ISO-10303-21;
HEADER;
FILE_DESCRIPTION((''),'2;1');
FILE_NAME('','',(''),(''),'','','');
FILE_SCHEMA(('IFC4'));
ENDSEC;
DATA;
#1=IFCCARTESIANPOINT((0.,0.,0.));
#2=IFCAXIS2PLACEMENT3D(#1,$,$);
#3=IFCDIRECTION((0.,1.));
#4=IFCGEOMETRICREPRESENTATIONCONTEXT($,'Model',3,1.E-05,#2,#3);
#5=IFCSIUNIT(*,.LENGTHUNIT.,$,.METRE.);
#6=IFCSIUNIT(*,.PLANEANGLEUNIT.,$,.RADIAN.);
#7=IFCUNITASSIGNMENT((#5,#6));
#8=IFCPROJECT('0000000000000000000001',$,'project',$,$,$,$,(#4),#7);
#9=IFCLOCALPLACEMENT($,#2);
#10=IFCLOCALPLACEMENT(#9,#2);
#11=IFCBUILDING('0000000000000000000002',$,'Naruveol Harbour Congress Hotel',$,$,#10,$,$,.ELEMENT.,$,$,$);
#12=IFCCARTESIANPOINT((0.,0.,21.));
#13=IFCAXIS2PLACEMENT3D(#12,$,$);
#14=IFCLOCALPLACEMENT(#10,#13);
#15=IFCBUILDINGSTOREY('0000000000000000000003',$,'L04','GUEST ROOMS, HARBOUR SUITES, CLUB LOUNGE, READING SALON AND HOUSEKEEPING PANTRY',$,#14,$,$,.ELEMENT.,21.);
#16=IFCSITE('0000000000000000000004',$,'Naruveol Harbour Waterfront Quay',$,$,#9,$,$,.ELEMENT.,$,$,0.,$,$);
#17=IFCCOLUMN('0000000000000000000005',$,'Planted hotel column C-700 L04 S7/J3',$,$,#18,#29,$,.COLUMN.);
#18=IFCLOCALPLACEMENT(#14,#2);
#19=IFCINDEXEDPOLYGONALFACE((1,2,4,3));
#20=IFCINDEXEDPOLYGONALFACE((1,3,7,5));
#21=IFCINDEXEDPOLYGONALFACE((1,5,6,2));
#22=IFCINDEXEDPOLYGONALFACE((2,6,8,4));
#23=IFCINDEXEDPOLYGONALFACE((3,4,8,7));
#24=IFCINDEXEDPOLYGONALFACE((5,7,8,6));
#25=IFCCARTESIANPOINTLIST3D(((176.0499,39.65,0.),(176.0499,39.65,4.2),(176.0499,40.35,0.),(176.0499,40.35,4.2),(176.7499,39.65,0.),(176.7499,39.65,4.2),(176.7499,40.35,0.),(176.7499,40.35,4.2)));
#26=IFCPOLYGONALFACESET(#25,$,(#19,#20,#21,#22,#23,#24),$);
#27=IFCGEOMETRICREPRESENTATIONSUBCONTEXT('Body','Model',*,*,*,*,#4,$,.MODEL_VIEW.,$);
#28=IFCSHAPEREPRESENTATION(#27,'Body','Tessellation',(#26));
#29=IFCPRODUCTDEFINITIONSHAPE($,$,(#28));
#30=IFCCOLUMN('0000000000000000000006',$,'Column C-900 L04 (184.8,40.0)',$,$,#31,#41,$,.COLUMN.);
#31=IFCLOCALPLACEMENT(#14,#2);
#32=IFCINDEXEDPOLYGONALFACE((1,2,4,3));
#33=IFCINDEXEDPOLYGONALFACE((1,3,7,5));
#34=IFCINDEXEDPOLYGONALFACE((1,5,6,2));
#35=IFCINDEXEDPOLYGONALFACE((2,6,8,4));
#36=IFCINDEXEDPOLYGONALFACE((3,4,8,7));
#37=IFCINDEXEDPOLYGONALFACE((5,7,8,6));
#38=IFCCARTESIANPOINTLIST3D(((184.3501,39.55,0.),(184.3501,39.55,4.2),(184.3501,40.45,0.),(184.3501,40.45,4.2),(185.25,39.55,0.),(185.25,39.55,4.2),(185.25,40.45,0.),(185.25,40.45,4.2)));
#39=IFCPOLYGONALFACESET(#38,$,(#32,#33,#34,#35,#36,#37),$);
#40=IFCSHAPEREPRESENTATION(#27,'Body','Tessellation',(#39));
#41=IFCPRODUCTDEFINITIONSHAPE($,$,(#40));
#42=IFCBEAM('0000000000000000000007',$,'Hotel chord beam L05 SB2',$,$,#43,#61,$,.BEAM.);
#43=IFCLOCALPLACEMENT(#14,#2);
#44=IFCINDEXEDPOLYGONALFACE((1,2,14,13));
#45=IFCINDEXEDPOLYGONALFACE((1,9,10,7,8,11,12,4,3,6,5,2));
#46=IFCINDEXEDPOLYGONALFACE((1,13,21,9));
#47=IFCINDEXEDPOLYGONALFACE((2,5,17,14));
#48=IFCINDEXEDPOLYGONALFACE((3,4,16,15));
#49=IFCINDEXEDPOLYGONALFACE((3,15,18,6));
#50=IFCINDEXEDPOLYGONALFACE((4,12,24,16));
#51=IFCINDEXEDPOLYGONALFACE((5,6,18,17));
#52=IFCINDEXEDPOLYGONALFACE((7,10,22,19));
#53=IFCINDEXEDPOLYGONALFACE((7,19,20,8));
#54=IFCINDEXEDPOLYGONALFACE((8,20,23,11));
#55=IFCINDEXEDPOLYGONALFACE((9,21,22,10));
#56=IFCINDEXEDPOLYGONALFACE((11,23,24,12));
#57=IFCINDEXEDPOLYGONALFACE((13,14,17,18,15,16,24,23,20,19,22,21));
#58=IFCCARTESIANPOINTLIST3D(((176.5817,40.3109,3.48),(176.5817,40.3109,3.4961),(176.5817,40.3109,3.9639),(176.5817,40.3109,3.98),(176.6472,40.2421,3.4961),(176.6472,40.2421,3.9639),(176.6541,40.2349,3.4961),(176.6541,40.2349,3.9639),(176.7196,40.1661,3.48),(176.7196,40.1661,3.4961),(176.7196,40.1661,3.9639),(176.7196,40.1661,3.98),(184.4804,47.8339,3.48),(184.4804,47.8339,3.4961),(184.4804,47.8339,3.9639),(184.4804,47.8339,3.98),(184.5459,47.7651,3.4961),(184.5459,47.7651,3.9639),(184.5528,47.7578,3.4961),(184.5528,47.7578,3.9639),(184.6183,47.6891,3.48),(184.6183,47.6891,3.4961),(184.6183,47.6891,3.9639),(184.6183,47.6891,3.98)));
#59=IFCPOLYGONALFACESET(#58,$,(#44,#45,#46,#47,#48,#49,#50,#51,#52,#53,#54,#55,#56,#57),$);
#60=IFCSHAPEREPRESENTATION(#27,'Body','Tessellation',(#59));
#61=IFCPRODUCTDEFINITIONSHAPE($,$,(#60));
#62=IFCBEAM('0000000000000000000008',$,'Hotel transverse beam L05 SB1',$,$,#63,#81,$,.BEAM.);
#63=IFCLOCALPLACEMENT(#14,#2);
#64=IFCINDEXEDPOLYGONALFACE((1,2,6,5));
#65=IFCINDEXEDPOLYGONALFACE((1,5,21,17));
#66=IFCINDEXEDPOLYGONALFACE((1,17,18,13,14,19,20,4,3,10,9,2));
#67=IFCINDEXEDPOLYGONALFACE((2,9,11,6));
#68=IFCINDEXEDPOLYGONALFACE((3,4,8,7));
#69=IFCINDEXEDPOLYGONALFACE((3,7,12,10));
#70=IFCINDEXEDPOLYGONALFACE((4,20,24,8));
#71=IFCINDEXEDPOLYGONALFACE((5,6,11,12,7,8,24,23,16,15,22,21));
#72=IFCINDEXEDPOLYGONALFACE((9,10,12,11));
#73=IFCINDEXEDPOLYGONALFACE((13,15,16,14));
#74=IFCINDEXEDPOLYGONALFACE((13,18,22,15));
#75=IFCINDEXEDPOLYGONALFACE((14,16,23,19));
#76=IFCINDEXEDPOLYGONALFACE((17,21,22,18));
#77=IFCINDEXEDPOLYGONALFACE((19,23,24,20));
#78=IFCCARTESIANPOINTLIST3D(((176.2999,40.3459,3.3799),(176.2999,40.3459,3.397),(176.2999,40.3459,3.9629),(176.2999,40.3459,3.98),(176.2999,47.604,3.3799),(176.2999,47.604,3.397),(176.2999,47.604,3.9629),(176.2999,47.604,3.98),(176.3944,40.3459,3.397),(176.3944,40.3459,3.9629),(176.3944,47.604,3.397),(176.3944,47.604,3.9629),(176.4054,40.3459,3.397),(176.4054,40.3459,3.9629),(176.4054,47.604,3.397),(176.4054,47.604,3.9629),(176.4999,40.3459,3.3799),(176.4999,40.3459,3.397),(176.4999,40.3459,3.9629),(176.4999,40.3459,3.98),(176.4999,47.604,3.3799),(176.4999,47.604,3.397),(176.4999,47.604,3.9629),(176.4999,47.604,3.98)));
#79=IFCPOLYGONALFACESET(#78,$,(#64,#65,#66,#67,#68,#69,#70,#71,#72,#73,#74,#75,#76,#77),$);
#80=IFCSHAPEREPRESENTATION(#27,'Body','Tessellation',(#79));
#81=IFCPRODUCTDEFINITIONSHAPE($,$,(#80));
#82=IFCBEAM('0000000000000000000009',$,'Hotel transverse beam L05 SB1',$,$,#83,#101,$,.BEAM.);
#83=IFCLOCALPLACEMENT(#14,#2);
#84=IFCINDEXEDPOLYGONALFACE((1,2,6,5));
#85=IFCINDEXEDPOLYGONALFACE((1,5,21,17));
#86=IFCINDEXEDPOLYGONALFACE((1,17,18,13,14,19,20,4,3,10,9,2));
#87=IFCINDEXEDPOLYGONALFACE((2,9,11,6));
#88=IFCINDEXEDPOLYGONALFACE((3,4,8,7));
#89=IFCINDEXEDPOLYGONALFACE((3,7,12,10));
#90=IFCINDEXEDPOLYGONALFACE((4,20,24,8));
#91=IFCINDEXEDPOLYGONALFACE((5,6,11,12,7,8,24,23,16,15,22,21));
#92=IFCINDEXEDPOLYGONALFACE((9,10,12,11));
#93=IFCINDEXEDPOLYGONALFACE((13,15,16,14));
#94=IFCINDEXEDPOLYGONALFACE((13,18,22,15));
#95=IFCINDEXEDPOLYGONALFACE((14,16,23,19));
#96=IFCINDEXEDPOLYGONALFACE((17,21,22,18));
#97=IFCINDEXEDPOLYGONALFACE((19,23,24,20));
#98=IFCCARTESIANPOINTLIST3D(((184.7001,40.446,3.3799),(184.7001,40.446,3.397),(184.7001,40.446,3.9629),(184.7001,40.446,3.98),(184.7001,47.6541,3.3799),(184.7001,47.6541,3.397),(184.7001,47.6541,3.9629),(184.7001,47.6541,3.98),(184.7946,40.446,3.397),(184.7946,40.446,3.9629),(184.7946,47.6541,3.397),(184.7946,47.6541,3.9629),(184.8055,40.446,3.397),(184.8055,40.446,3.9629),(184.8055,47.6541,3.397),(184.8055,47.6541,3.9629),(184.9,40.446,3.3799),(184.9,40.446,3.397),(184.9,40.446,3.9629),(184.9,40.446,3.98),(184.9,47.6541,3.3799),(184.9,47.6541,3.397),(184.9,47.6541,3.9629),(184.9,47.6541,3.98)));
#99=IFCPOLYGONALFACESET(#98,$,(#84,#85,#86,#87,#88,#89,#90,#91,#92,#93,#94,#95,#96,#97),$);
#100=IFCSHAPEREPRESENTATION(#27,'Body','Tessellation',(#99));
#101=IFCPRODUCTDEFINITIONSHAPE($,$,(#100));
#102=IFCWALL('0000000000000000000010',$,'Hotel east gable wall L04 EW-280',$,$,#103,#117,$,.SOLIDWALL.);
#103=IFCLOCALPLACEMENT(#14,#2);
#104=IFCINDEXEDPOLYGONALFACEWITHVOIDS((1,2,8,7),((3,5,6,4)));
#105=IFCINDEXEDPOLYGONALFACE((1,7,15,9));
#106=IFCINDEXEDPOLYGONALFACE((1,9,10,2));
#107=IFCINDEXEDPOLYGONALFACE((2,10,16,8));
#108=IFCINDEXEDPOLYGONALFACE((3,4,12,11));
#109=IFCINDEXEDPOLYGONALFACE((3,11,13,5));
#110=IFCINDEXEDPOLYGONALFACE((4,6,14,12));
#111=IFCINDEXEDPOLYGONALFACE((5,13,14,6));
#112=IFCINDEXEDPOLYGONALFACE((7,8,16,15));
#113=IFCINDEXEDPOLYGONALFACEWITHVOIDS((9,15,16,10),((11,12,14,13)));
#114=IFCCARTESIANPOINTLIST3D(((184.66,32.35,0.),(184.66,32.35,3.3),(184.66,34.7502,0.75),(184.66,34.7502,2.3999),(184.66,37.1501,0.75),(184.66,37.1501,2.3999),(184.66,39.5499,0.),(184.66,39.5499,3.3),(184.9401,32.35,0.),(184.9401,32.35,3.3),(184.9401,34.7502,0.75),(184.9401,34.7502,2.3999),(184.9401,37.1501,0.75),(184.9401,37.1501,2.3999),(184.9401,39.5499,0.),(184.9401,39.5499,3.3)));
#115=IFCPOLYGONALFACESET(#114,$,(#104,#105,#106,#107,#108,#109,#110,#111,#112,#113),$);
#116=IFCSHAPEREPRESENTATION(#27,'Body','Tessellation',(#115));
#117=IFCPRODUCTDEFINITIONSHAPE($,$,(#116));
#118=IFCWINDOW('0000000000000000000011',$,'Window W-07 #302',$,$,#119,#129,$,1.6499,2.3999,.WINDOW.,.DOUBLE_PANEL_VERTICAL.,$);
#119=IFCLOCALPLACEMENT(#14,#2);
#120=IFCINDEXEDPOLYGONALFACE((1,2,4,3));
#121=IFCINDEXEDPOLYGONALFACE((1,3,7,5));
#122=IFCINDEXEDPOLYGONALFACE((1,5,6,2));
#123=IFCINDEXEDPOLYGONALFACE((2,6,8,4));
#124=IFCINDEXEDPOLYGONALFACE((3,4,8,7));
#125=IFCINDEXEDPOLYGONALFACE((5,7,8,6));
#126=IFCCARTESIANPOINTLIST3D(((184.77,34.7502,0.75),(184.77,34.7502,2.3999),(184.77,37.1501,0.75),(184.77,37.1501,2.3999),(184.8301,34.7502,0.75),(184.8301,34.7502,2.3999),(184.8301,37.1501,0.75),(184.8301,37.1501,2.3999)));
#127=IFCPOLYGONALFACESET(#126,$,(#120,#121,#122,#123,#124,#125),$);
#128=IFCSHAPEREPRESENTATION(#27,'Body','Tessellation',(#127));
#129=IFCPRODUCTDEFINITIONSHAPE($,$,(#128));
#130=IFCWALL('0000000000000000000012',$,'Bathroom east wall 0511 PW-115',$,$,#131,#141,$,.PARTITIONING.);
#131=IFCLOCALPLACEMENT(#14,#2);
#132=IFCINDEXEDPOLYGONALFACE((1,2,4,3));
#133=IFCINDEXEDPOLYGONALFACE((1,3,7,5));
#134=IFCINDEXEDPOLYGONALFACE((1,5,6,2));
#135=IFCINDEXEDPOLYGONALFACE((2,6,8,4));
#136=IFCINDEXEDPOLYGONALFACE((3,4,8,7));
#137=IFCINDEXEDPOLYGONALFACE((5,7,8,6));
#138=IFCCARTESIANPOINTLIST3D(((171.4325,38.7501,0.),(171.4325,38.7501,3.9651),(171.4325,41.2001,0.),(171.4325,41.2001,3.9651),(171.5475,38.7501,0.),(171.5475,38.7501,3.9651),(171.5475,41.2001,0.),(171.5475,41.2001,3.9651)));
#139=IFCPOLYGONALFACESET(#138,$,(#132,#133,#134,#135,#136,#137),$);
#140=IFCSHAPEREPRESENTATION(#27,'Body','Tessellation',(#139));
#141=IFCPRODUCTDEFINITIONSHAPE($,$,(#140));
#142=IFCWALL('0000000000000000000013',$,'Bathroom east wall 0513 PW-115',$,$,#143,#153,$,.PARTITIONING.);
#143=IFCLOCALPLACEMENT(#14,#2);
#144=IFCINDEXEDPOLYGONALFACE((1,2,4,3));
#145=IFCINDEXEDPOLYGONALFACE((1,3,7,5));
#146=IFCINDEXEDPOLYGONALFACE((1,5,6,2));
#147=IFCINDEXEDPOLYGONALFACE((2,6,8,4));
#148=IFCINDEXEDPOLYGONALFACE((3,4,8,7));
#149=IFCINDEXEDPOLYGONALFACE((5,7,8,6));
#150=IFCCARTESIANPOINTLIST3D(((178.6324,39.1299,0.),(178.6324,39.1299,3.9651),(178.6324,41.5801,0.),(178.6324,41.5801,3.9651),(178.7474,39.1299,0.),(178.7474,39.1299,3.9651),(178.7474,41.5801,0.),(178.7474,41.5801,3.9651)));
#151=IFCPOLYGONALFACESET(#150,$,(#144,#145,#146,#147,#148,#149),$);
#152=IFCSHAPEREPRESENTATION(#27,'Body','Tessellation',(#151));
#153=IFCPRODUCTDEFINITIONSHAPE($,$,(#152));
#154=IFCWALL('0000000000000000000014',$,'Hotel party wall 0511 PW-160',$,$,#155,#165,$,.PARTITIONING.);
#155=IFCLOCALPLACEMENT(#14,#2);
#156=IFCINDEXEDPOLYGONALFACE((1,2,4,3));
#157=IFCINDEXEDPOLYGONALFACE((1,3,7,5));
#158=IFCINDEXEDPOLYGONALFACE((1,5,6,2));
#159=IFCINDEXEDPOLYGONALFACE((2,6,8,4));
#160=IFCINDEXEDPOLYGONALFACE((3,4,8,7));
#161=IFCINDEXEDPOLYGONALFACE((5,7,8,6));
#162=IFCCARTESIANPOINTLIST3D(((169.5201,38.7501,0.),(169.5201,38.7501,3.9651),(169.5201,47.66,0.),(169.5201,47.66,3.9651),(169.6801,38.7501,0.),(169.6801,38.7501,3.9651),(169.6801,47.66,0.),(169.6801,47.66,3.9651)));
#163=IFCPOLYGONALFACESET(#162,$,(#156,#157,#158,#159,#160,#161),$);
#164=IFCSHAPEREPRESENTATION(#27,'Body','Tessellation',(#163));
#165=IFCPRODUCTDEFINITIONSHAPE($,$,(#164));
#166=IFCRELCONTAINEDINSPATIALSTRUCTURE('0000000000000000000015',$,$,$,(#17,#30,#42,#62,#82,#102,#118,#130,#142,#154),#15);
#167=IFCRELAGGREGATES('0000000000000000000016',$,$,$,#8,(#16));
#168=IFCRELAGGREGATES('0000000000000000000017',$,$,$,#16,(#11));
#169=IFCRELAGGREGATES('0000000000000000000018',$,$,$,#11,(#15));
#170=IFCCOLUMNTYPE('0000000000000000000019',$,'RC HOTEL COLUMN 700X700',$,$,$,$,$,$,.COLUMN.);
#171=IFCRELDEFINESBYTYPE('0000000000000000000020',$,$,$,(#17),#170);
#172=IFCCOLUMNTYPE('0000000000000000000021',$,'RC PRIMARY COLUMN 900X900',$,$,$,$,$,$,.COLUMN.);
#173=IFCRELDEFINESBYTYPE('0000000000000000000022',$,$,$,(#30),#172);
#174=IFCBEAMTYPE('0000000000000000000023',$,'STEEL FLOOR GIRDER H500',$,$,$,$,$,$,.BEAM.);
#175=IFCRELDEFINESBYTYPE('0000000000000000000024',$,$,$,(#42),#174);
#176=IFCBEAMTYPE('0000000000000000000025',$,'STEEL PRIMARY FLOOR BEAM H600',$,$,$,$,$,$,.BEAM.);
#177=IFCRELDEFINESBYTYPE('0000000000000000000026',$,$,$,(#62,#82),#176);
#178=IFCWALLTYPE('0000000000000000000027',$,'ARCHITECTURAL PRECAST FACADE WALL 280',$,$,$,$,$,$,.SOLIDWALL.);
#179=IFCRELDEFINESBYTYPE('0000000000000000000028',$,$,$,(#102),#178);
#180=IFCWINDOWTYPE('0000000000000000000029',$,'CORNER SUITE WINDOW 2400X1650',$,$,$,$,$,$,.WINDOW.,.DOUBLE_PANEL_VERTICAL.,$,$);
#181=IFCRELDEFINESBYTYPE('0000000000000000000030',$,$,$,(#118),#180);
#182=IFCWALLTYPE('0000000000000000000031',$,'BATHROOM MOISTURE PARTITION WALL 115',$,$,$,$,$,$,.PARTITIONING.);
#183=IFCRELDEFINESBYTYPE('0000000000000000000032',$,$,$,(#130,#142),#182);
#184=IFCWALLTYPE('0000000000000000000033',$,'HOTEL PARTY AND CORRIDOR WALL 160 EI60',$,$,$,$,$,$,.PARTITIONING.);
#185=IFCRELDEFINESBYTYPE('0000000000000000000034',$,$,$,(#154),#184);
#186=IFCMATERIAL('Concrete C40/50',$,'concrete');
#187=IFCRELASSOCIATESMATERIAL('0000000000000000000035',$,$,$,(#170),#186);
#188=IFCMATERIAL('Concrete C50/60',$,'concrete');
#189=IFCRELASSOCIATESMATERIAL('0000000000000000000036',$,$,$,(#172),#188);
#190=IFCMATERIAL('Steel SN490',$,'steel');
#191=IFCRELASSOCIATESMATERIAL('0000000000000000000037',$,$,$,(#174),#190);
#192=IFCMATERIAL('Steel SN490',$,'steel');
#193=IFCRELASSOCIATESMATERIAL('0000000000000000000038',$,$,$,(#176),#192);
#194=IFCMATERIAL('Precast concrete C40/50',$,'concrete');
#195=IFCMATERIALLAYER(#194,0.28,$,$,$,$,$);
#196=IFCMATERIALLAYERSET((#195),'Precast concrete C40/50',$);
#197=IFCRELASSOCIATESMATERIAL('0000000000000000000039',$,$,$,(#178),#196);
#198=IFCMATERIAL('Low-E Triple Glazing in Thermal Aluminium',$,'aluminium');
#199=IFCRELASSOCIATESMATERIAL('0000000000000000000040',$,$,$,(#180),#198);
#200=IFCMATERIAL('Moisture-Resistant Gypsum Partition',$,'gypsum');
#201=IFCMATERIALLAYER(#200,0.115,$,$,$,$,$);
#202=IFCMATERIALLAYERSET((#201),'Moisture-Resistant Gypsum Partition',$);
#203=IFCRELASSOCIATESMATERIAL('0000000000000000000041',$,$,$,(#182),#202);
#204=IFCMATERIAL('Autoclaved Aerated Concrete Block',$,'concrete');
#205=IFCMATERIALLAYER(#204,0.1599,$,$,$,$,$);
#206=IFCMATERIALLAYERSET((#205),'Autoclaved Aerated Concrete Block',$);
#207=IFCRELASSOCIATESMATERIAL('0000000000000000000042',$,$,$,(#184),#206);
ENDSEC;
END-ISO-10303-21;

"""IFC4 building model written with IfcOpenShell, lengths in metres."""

from ifc_helpers import new_model, si_unit, direction, frame, frame_2d, origin, origin_2d, place, context, subcontext, project, spatial, rectangle, i_section, extrude, material, layer, layer_set, material_profile, profile_set, type_object, element, fill, save


model = new_model("IFC4")

# Units and contexts
model_context = context("Model", 3, precision=1e-05, world=origin(), true_north=direction((0.0, 1.0)))
body_context = subcontext(model_context, "Body", "Model", "MODEL_VIEW")
ifc_project = project(units=[si_unit("LENGTHUNIT", "METRE"), si_unit("PLANEANGLEUNIT", "RADIAN")], contexts=[model_context])

# Site, building, storey
site_placement = place(None, origin())
site = spatial("IfcSite", under=ifc_project, at=site_placement, Name="Naruveol Harbour Waterfront Quay", CompositionType="ELEMENT", RefElevation=0.0)
building_placement = place(site_placement, origin())
building = spatial("IfcBuilding", under=site, at=building_placement, Name="Naruveol Harbour Congress Hotel", CompositionType="ELEMENT")
storey_placement = place(building_placement, frame((0.0, 0.0, 21.0)))
storey = spatial("IfcBuildingStorey", under=building, at=storey_placement, Name="L04", Description="GUEST ROOMS, HARBOUR SUITES, CLUB LOUNGE, READING SALON AND HOUSEKEEPING PANTRY", CompositionType="ELEMENT", Elevation=21.0)

# Columns
ifc_material_1 = material(Name="Concrete C40/50", Category="concrete")
ifc_material_profile_1 = material_profile(ifc_material_1, rectangle(XDim=0.7, YDim=0.7, at=origin_2d()), Name="RC-700x700")
ifc_profile_set_1 = profile_set([ifc_material_profile_1], Name="Concrete C40/50")
column_type_1 = type_object("IfcColumnType", Name="RC HOTEL COLUMN 700X700", PredefinedType="COLUMN", material=ifc_profile_set_1)
column_1_placement = place(storey_placement, frame((176.3999, 40.0, 0.0), z_axis=(0.0, 0.0, 1.0), x_axis=(1.0, 0.0, 0.0)))
element("IfcColumn", 1, at=column_1_placement, inside=storey, type_object=column_type_1, Name="Planted hotel column C-700 L04 S7/J3", PredefinedType="COLUMN", context=body_context, shape_type="SweptSolid", body=[
    extrude(rectangle(XDim=0.7, YDim=0.7, at=origin_2d()), origin(), (0.0, 0.0, 1.0), 4.2),
])
ifc_material_2 = material(Name="Concrete C50/60", Category="concrete")
ifc_material_profile_2 = material_profile(ifc_material_2, rectangle(XDim=0.8999, YDim=0.8999, at=origin_2d()), Name="RC-900x900")
ifc_profile_set_2 = profile_set([ifc_material_profile_2], Name="Concrete C50/60")
column_type_2 = type_object("IfcColumnType", Name="RC PRIMARY COLUMN 900X900", PredefinedType="COLUMN", material=ifc_profile_set_2)
column_2_placement = place(storey_placement, frame((184.8, 40.0, 0.0), z_axis=(0.0, 0.0, 1.0), x_axis=(1.0, 0.0, 0.0)))
element("IfcColumn", 2, at=column_2_placement, inside=storey, type_object=column_type_2, Name="Column C-900 L04 (184.8,40.0)", PredefinedType="COLUMN", context=body_context, shape_type="SweptSolid", body=[
    extrude(rectangle(XDim=0.8999, YDim=0.8999, at=origin_2d()), origin(), (0.0, 0.0, 1.0), 4.2),
])

# Beams
ifc_material_3 = material(Name="Steel SN490", Category="steel")
ifc_material_profile_3 = material_profile(ifc_material_3, i_section(OverallWidth=0.2, OverallDepth=0.5, WebThickness=0.01, FlangeThickness=0.0161, at=origin_2d()), Name="H-500x200x10x16")
ifc_profile_set_3 = profile_set([ifc_material_profile_3], Name="Steel SN490")
beam_type_1 = type_object("IfcBeamType", Name="STEEL FLOOR GIRDER H500", PredefinedType="BEAM", material=ifc_profile_set_3)
beam_1_placement = place(storey_placement, frame((176.6506, 40.2385, 3.73), z_axis=(0.72412, 0.689674, 0.0), x_axis=(-0.689674, 0.72412, 0.0)))
element("IfcBeam", 3, at=beam_1_placement, inside=storey, type_object=beam_type_1, Name="Hotel chord beam L05 SB2", PredefinedType="BEAM", context=body_context, shape_type="SweptSolid", body=[
    extrude(i_section(OverallWidth=0.2, OverallDepth=0.5, WebThickness=0.01, FlangeThickness=0.0161, at=origin_2d()), origin(), (0.0, 0.0, 1.0), 10.908),
])
ifc_material_4 = material(Name="Steel SN490", Category="steel")
ifc_material_profile_4 = material_profile(ifc_material_4, i_section(OverallWidth=0.2, OverallDepth=0.6001, WebThickness=0.011, FlangeThickness=0.0171, at=origin_2d()), Name="H-600x200x11x17")
ifc_profile_set_4 = profile_set([ifc_material_profile_4], Name="Steel SN490")
beam_type_2 = type_object("IfcBeamType", Name="STEEL PRIMARY FLOOR BEAM H600", PredefinedType="BEAM", material=ifc_profile_set_4)
beam_2_placement = place(storey_placement, frame((176.3999, 40.3459, 3.6799), z_axis=(0.0, 1.0, 0.0), x_axis=(-1.0, 0.0, 0.0)))
element("IfcBeam", 4, at=beam_2_placement, inside=storey, type_object=beam_type_2, Name="Hotel transverse beam L05 SB1", PredefinedType="BEAM", context=body_context, shape_type="SweptSolid", body=[
    extrude(i_section(OverallWidth=0.2, OverallDepth=0.6001, WebThickness=0.011, FlangeThickness=0.0171, at=origin_2d()), origin(), (0.0, 0.0, 1.0), 7.2581),
])
beam_3_placement = place(storey_placement, frame((184.8, 40.446, 3.6799), z_axis=(0.0, 1.0, 0.0), x_axis=(-1.0, 0.0, 0.0)))
element("IfcBeam", 5, at=beam_3_placement, inside=storey, type_object=beam_type_2, Name="Hotel transverse beam L05 SB1", PredefinedType="BEAM", context=body_context, shape_type="SweptSolid", body=[
    extrude(i_section(OverallWidth=0.2, OverallDepth=0.6001, WebThickness=0.011, FlangeThickness=0.0171, at=origin_2d()), origin(), (0.0, 0.0, 1.0), 7.208),
])

# Wall, opening, window
ifc_material_5 = material(Name="Precast concrete C40/50", Category="concrete")
ifc_layer_1 = layer(ifc_material_5, 0.28)
ifc_layer_set_1 = layer_set([ifc_layer_1], Name="Precast concrete C40/50")
wall_type_1 = type_object("IfcWallType", Name="ARCHITECTURAL PRECAST FACADE WALL 280", PredefinedType="SOLIDWALL", material=ifc_layer_set_1)
wall_1_placement = place(storey_placement, frame((184.8, 39.55, 0.0), z_axis=(0.0, 0.0, 1.0), x_axis=(0.0, -1.0, 0.0)))
wall_1 = element("IfcWall", 6, at=wall_1_placement, inside=storey, type_object=wall_type_1, Name="Hotel east gable wall L04 EW-280", PredefinedType="SOLIDWALL", context=body_context, shape_type="SweptSolid", body=[
    extrude(rectangle(XDim=7.2, YDim=0.28, at=frame_2d((3.6001, 0.0))), origin(), (0.0, 0.0, 1.0), 3.3),
])
opening_1_placement = place(wall_1_placement, frame((2.3999, 0.0, 0.75)))
opening_1 = element("IfcOpeningElement", 7, at=opening_1_placement, cuts=wall_1, PredefinedType="OPENING", context=body_context, shape_type="SweptSolid", body=[
    extrude(rectangle(XDim=2.3999, YDim=1.6499, at=frame_2d((1.2, 0.825))), frame((0.0, 0.1499, 0.0), z_axis=(0.0, -1.0, 0.0), x_axis=(1.0, 0.0, 0.0)), (0.0, 0.0, 1.0), 0.3),
])
ifc_material_6 = material(Name="Low-E Triple Glazing in Thermal Aluminium", Category="aluminium")
window_type = type_object("IfcWindowType", Name="CORNER SUITE WINDOW 2400X1650", PartitioningType="DOUBLE_PANEL_VERTICAL", PredefinedType="WINDOW", material=ifc_material_6)
window_placement = place(opening_1_placement, origin())
window = element("IfcWindow", 8, at=window_placement, inside=storey, type_object=window_type, Name="Window W-07 #302", OverallHeight=1.6499, OverallWidth=2.3999, PartitioningType="DOUBLE_PANEL_VERTICAL", PredefinedType="WINDOW", context=body_context, shape_type="SweptSolid", body=[
    extrude(rectangle(XDim=2.3999, YDim=1.6499, at=frame_2d((1.2, 0.825))), frame((0.0, 0.03, 0.0), z_axis=(0.0, -1.0, 0.0), x_axis=(1.0, 0.0, 0.0)), (0.0, 0.0, 1.0), 0.0601),
])
fill(opening_1, window)

# Wall
ifc_material_7 = material(Name="Moisture-Resistant Gypsum Partition", Category="gypsum")
ifc_layer_2 = layer(ifc_material_7, 0.115)
ifc_layer_set_2 = layer_set([ifc_layer_2], Name="Moisture-Resistant Gypsum Partition")
wall_type_2 = type_object("IfcWallType", Name="BATHROOM MOISTURE PARTITION WALL 115", PredefinedType="PARTITIONING", material=ifc_layer_set_2)
wall_2_placement = place(storey_placement, frame((171.49, 38.75, 0.0), z_axis=(0.0, 0.0, 1.0), x_axis=(0.0, 1.0, 0.0)))
element("IfcWall", 9, at=wall_2_placement, inside=storey, type_object=wall_type_2, Name="Bathroom east wall 0511 PW-115", PredefinedType="PARTITIONING", context=body_context, shape_type="SweptSolid", body=[
    extrude(rectangle(XDim=2.45, YDim=0.115, at=frame_2d((1.2251, 0.0))), origin(), (0.0, 0.0, 1.0), 3.9651),
])

# Walls
wall_3_placement = place(storey_placement, frame((178.6899, 39.1299, 0.0), z_axis=(0.0, 0.0, 1.0), x_axis=(0.0, 1.0, 0.0)))
element("IfcWall", 10, at=wall_3_placement, inside=storey, type_object=wall_type_2, Name="Bathroom east wall 0513 PW-115", PredefinedType="PARTITIONING", context=body_context, shape_type="SweptSolid", body=[
    extrude(rectangle(XDim=2.4502, YDim=0.115, at=frame_2d((1.2251, 0.0))), origin(), (0.0, 0.0, 1.0), 3.9651),
])
ifc_material_8 = material(Name="Autoclaved Aerated Concrete Block", Category="concrete")
ifc_layer_3 = layer(ifc_material_8, 0.1599)
ifc_layer_set_3 = layer_set([ifc_layer_3], Name="Autoclaved Aerated Concrete Block")
wall_type_3 = type_object("IfcWallType", Name="HOTEL PARTY AND CORRIDOR WALL 160 EI60", PredefinedType="PARTITIONING", material=ifc_layer_set_3)
wall_4_placement = place(storey_placement, frame((169.6001, 38.75, 0.0), z_axis=(0.0, 0.0, 1.0), x_axis=(0.0, 1.0, 0.0)))
element("IfcWall", 11, at=wall_4_placement, inside=storey, type_object=wall_type_3, Name="Hotel party wall 0511 PW-160", PredefinedType="PARTITIONING", context=body_context, shape_type="SweptSolid", body=[
    extrude(rectangle(XDim=8.9099, YDim=0.1599, at=frame_2d((4.4551, 0.0))), origin(), (0.0, 0.0, 1.0), 3.9651),
])

save(model, "model.ifc")
